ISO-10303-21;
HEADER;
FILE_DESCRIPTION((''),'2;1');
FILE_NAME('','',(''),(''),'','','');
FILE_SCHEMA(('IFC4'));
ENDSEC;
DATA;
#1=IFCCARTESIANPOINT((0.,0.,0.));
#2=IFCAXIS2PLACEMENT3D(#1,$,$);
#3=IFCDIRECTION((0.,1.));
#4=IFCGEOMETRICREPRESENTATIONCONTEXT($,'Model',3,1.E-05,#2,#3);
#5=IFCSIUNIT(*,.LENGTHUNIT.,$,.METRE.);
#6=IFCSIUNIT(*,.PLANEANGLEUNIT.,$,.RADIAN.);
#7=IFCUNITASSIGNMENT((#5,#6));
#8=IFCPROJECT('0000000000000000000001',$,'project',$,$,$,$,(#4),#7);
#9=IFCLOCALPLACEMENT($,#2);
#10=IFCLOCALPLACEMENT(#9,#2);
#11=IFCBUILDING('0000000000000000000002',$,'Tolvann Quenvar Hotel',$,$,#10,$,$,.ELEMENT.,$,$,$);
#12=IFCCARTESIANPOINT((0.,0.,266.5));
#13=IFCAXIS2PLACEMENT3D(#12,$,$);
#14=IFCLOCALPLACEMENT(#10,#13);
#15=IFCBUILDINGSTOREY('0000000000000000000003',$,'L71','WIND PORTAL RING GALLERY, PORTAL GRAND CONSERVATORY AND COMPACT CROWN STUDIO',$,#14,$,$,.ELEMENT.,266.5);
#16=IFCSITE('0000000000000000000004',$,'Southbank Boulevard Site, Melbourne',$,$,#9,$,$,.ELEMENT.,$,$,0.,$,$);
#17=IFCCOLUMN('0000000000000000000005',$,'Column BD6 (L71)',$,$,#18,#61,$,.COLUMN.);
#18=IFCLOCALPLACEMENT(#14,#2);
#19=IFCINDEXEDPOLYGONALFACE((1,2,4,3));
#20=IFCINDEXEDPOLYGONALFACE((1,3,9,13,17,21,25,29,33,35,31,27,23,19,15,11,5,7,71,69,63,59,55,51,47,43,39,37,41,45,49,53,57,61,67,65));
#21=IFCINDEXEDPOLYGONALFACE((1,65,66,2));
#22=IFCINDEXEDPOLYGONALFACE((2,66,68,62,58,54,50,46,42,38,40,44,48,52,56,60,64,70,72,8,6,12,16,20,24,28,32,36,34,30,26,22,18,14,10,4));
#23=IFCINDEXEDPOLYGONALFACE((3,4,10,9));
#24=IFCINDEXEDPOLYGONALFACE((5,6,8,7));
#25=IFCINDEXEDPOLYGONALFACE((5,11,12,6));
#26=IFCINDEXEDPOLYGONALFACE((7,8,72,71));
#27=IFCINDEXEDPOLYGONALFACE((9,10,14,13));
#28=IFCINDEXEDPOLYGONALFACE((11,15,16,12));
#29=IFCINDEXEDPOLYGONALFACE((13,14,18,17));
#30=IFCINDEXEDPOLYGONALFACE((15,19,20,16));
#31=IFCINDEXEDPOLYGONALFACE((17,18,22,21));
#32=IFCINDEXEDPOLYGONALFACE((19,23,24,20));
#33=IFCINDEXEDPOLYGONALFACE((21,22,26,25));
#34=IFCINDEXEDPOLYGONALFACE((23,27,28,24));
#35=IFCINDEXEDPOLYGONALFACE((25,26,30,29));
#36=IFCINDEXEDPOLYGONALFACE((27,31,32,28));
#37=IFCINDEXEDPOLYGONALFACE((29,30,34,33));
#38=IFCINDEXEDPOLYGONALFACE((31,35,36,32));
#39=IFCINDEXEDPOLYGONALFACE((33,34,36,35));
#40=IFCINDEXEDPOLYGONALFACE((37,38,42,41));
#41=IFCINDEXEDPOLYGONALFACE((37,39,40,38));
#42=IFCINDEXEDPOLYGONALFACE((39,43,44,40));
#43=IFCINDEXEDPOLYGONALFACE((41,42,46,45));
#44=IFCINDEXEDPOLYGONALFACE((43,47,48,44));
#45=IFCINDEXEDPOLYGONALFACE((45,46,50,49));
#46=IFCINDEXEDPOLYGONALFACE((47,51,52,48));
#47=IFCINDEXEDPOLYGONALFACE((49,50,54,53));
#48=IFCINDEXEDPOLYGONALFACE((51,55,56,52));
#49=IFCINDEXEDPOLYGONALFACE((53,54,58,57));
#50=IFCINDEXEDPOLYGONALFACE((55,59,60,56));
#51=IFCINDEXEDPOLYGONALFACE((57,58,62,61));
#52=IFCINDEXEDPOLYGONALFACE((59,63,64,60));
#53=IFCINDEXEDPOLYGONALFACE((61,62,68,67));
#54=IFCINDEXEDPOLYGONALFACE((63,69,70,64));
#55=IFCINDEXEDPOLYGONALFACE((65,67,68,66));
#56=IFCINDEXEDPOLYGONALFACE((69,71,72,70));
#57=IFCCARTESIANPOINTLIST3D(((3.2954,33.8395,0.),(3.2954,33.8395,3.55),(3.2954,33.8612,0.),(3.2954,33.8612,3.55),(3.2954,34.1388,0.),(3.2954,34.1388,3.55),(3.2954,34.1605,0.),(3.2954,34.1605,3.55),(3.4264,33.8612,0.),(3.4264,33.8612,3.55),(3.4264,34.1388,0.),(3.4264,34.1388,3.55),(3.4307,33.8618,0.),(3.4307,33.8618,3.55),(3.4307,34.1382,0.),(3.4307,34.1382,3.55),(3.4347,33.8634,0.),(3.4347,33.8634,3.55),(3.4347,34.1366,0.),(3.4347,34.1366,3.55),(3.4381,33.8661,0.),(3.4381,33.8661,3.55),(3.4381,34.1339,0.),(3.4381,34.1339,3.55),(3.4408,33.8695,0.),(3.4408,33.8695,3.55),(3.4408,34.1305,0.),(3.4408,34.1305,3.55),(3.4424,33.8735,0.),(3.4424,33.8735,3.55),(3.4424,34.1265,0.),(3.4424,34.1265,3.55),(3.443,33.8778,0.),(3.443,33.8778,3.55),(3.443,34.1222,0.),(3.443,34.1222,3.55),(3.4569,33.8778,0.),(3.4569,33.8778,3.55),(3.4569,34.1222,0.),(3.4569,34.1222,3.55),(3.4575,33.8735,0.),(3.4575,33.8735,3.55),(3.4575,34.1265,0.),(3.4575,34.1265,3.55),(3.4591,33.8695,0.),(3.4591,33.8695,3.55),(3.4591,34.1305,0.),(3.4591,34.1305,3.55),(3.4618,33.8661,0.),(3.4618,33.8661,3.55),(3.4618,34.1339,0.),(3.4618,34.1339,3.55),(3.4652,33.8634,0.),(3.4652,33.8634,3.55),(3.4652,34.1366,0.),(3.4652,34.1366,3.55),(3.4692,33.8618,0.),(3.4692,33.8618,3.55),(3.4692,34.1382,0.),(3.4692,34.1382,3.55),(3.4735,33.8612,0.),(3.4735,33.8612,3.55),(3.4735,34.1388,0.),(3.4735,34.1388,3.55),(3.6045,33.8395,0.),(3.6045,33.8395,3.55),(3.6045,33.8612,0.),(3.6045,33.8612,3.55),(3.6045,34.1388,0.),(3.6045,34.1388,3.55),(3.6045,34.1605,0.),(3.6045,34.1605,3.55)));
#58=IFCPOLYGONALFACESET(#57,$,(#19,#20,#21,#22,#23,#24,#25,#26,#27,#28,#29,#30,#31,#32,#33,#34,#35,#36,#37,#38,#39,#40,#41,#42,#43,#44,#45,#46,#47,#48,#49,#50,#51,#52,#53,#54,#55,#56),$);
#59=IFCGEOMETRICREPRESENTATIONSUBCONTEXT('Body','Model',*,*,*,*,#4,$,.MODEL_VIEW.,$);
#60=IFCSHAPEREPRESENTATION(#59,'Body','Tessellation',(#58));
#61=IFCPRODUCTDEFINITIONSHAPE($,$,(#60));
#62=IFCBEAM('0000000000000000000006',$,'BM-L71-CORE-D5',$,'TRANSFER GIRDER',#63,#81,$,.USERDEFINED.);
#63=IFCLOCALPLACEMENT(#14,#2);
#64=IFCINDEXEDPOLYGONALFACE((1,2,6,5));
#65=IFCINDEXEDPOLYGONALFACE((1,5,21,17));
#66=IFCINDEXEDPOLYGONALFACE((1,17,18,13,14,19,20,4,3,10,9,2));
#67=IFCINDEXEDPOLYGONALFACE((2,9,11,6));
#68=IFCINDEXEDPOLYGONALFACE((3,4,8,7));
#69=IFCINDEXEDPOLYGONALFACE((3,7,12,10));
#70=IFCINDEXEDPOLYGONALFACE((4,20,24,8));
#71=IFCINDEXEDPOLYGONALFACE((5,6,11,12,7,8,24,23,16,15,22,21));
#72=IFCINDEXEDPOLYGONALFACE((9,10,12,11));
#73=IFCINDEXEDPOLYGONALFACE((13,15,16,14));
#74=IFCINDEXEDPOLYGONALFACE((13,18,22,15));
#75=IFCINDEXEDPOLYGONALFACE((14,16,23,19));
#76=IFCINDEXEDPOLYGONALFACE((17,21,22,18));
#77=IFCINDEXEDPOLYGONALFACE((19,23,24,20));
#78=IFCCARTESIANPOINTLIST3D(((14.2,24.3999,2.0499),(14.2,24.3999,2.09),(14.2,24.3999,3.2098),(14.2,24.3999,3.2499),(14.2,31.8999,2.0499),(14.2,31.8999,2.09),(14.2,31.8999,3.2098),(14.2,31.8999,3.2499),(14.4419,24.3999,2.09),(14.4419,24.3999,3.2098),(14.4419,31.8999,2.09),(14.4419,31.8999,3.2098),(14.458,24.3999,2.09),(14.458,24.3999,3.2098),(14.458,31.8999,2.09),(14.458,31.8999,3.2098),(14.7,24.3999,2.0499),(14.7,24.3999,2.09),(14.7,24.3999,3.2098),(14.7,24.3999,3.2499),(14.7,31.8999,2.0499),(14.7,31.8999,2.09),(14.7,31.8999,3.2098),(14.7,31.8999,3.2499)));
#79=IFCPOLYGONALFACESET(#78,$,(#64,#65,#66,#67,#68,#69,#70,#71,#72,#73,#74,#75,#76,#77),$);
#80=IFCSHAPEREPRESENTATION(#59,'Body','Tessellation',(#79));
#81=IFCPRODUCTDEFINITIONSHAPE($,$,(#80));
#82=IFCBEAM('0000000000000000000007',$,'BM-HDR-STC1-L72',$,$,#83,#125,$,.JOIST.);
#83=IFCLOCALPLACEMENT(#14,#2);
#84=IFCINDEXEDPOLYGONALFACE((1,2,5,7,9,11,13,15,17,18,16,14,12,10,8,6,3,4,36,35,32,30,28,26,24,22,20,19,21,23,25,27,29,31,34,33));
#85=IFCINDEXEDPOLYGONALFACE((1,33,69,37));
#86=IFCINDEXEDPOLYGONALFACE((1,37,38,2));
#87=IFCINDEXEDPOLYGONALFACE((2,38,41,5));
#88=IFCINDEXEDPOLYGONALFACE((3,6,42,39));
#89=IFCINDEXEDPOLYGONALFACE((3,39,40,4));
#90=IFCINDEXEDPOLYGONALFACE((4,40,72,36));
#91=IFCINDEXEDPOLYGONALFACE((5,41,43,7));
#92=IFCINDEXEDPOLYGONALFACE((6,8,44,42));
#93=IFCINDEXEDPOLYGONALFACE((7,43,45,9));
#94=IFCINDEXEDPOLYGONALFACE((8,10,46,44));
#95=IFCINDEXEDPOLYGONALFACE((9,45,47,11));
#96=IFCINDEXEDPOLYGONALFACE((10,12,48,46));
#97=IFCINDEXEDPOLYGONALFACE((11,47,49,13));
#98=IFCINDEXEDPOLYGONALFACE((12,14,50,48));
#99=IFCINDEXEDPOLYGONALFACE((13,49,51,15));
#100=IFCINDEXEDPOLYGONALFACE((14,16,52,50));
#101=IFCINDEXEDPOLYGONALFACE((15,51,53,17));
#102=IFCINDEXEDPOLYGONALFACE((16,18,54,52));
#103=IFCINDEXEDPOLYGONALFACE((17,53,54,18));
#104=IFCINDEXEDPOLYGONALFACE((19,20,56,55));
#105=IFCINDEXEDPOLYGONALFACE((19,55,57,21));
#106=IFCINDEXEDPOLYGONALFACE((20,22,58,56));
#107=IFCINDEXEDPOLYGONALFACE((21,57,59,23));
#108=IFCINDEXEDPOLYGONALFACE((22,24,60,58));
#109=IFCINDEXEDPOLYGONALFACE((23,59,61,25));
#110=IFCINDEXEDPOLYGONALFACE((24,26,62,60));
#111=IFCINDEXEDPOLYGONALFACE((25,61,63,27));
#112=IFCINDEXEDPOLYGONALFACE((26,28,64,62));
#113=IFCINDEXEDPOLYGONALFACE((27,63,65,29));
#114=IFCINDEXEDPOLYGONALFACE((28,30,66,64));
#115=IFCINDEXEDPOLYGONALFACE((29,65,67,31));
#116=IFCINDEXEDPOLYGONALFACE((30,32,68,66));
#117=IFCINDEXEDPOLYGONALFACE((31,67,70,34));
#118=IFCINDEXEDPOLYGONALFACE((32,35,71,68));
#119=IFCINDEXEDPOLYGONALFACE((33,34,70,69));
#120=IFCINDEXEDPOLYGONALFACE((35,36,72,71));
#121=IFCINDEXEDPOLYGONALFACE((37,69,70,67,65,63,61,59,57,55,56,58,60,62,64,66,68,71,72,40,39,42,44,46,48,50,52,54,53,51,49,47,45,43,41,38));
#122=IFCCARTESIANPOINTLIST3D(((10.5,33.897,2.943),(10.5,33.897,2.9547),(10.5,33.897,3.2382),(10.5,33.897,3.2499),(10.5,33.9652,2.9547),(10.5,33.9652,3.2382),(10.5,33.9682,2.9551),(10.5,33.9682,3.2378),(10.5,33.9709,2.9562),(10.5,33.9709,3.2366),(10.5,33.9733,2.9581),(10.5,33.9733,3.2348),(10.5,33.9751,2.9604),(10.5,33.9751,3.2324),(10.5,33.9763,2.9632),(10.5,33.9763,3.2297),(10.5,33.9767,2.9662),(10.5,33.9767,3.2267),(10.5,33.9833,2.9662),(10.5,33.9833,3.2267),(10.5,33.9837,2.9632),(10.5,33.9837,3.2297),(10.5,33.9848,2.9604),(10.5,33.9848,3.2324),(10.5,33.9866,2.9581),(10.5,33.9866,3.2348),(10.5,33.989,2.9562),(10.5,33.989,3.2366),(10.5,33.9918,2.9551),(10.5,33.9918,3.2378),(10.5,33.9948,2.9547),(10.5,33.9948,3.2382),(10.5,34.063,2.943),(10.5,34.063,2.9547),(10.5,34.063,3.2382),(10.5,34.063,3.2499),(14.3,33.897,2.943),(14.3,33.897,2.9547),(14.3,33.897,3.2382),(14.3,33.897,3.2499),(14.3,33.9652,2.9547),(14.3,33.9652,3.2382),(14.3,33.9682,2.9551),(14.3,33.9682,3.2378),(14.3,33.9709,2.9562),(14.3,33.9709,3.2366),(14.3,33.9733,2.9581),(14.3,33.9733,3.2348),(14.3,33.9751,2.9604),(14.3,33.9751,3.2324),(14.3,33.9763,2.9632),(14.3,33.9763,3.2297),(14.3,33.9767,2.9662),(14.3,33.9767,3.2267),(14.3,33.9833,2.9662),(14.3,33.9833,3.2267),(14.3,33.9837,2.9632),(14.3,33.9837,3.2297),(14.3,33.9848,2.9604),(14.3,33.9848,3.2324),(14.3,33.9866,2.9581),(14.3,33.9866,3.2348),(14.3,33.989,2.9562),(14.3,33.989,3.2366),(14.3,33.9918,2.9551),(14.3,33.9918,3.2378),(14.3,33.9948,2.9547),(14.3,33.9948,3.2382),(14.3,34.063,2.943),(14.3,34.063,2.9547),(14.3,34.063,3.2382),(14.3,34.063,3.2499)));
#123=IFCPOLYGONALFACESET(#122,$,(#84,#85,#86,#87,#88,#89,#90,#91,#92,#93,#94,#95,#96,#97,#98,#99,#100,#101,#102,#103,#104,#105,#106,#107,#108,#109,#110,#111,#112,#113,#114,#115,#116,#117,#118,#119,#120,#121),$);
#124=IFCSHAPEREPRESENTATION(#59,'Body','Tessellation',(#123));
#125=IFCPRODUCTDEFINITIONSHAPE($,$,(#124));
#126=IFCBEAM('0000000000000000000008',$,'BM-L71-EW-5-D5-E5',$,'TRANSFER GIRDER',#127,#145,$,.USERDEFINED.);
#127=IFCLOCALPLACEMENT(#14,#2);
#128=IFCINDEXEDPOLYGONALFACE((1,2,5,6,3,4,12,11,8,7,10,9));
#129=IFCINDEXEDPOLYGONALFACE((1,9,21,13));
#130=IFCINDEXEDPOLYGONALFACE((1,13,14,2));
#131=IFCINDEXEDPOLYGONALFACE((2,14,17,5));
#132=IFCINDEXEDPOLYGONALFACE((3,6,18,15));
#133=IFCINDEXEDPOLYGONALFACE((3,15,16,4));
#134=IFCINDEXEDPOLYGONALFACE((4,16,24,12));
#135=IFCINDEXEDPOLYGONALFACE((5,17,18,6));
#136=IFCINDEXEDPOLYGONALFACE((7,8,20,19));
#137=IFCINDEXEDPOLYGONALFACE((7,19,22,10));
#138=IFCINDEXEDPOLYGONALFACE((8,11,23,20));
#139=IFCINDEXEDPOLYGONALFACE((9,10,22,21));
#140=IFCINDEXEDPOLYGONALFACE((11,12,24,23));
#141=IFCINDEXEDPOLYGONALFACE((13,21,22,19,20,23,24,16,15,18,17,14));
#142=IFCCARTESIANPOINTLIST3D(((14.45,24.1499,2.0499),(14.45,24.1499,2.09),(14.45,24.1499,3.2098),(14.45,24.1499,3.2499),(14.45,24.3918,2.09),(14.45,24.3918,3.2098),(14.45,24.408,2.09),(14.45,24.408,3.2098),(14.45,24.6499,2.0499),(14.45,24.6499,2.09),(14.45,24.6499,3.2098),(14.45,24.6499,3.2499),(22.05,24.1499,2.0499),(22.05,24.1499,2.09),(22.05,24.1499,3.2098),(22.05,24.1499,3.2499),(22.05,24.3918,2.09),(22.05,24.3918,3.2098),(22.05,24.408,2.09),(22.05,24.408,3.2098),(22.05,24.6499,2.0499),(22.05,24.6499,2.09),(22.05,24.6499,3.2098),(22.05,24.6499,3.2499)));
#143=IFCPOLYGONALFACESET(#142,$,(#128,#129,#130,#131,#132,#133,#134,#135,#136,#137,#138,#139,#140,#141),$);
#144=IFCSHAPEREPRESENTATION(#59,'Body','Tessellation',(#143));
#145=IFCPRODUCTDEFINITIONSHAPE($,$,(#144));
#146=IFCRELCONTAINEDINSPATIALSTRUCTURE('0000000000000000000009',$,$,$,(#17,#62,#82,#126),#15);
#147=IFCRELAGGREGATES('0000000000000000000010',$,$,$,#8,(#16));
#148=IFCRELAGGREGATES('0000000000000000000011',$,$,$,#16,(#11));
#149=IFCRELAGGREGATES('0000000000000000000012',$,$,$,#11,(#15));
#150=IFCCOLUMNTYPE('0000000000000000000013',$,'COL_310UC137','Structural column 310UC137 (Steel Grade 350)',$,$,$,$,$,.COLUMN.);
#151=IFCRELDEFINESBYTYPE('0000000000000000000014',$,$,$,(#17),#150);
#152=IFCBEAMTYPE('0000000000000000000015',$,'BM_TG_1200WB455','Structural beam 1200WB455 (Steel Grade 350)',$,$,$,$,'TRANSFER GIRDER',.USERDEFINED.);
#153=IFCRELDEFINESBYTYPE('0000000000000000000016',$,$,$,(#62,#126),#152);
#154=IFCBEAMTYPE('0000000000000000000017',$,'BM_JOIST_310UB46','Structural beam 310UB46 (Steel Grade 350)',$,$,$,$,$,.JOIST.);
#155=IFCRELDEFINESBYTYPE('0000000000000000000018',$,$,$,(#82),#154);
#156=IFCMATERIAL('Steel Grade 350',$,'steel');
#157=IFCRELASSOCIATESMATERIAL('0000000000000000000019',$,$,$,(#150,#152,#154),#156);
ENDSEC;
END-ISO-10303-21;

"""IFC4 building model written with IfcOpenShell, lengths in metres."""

from ifc_helpers import new_model, si_unit, direction, frame, origin, origin_2d, place, context, subcontext, project, spatial, i_section, extrude, source, transform, mapped, material, material_profile, profile_set, type_object, type_shapes, element, save


model = new_model("IFC4")

# Units and contexts
model_context = context("Model", 3, precision=1e-05, world=origin(), true_north=direction((0.0, 1.0)))
body_context = subcontext(model_context, "Body", "Model", "MODEL_VIEW")
ifc_project = project(units=[si_unit("LENGTHUNIT", "METRE"), si_unit("PLANEANGLEUNIT", "RADIAN")], contexts=[model_context])

# Site, building, storey
site_placement = place(None, origin())
site = spatial("IfcSite", under=ifc_project, at=site_placement, Name="Southbank Boulevard Site, Melbourne", CompositionType="ELEMENT", RefElevation=0.0)
building_placement = place(site_placement, origin())
building = spatial("IfcBuilding", under=site, at=building_placement, Name="Tolvann Quenvar Hotel", CompositionType="ELEMENT")
storey_placement = place(building_placement, frame((0.0, 0.0, 266.5)))
storey = spatial("IfcBuildingStorey", under=building, at=storey_placement, Name="L71", Description="WIND PORTAL RING GALLERY, PORTAL GRAND CONSERVATORY AND COMPACT CROWN STUDIO", CompositionType="ELEMENT", Elevation=266.5)

# Column
ifc_material_1 = material(Name="Steel Grade 350", Category="steel")
ifc_material_profile_1 = material_profile(ifc_material_1, i_section(OverallWidth=0.3091, OverallDepth=0.321, WebThickness=0.0139, FlangeThickness=0.0217, FilletRadius=0.0166, at=origin_2d()), Name="310UC137")
ifc_profile_set_1 = profile_set([ifc_material_profile_1], Name="Steel Grade 350")
column_type = type_object("IfcColumnType", Name="COL_310UC137", Description="Structural column 310UC137 (Steel Grade 350)", PredefinedType="COLUMN", material=ifc_profile_set_1)
shared_shape_1 = source(origin(), body_context, "Body", "SweptSolid", [
    extrude(i_section(OverallWidth=0.3091, OverallDepth=0.321, WebThickness=0.0139, FlangeThickness=0.0217, FilletRadius=0.0166, at=origin_2d()), origin(), (0.0, 0.0, 1.0), 3.55),
])
type_shapes(column_type, [shared_shape_1])
column_placement = place(storey_placement, frame((3.45, 34.0, 0.0), z_axis=(0.0, 0.0, 1.0), x_axis=(1.0, 0.0, 0.0)))
element("IfcColumn", 1, at=column_placement, inside=storey, type_object=column_type, Name="Column BD6 (L71)", PredefinedType="COLUMN", context=body_context, shape_type="MappedRepresentation", body=[
    mapped(shared_shape_1, transform((0.0, 0.0, 0.0), x_axis=(1.0, 0.0, 0.0), y_axis=(0.0, 1.0, 0.0), z_axis=(0.0, 0.0, 1.0), scale=1.0)),
])

# Beams
ifc_material_profile_2 = material_profile(ifc_material_1, i_section(OverallWidth=0.5, OverallDepth=1.2, WebThickness=0.0161, FlangeThickness=0.04, at=origin_2d()), Name="1200WB455")
ifc_profile_set_2 = profile_set([ifc_material_profile_2], Name="Steel Grade 350")
beam_type_1 = type_object("IfcBeamType", Name="BM_TG_1200WB455", Description="Structural beam 1200WB455 (Steel Grade 350)", ElementType="TRANSFER GIRDER", PredefinedType="USERDEFINED", material=ifc_profile_set_2)
shared_shape_2 = source(origin(), body_context, "Body", "SweptSolid", [
    extrude(i_section(OverallWidth=0.5, OverallDepth=1.2, WebThickness=0.0161, FlangeThickness=0.04, at=origin_2d()), origin(), (0.0, 0.0, 1.0), 7.5),
])
beam_1_placement = place(storey_placement, frame((14.45, 24.3999, 2.6499), z_axis=(0.0, 1.0, 0.0), x_axis=(-1.0, 0.0, 0.0)))
element("IfcBeam", 2, at=beam_1_placement, inside=storey, type_object=beam_type_1, Name="BM-L71-CORE-D5", ObjectType="TRANSFER GIRDER", PredefinedType="USERDEFINED", context=body_context, shape_type="MappedRepresentation", body=[
    mapped(shared_shape_2, transform((0.0, 0.0, 0.0), x_axis=(1.0, 0.0, 0.0), y_axis=(0.0, 1.0, 0.0), z_axis=(0.0, 0.0, 1.0), scale=1.0)),
])
ifc_material_profile_3 = material_profile(ifc_material_1, i_section(OverallWidth=0.166, OverallDepth=0.3069, WebThickness=0.0066, FlangeThickness=0.0117, FilletRadius=0.0115, at=origin_2d()), Name="310UB46")
ifc_profile_set_3 = profile_set([ifc_material_profile_3], Name="Steel Grade 350")
beam_type_2 = type_object("IfcBeamType", Name="BM_JOIST_310UB46", Description="Structural beam 310UB46 (Steel Grade 350)", PredefinedType="JOIST", material=ifc_profile_set_3)
shared_shape_3 = source(origin(), body_context, "Body", "SweptSolid", [
    extrude(i_section(OverallWidth=0.166, OverallDepth=0.3069, WebThickness=0.0066, FlangeThickness=0.0117, FilletRadius=0.0115, at=origin_2d()), origin(), (0.0, 0.0, 1.0), 3.8),
])
beam_2_placement = place(storey_placement, frame((10.5, 33.98, 3.0964), z_axis=(1.0, 0.0, 0.0), x_axis=(0.0, 1.0, 0.0)))
element("IfcBeam", 3, at=beam_2_placement, inside=storey, type_object=beam_type_2, Name="BM-HDR-STC1-L72", PredefinedType="JOIST", context=body_context, shape_type="MappedRepresentation", body=[
    mapped(shared_shape_3, transform((0.0, 0.0, 0.0), x_axis=(1.0, 0.0, 0.0), y_axis=(0.0, 1.0, 0.0), z_axis=(0.0, 0.0, 1.0), scale=1.0)),
])
shared_shape_4 = source(origin(), body_context, "Body", "SweptSolid", [
    extrude(i_section(OverallWidth=0.5, OverallDepth=1.2, WebThickness=0.0161, FlangeThickness=0.04, at=origin_2d()), origin(), (0.0, 0.0, 1.0), 7.6001),
])
type_shapes(beam_type_1, [shared_shape_2, shared_shape_4])
beam_3_placement = place(storey_placement, frame((14.45, 24.3999, 2.6499), z_axis=(1.0, 0.0, 0.0), x_axis=(0.0, 1.0, 0.0)))
element("IfcBeam", 4, at=beam_3_placement, inside=storey, type_object=beam_type_1, Name="BM-L71-EW-5-D5-E5", ObjectType="TRANSFER GIRDER", PredefinedType="USERDEFINED", context=body_context, shape_type="MappedRepresentation", body=[
    mapped(shared_shape_4, transform((0.0, 0.0, 0.0), x_axis=(1.0, 0.0, 0.0), y_axis=(0.0, 1.0, 0.0), z_axis=(0.0, 0.0, 1.0), scale=1.0)),
])

save(model, "model.ifc")
